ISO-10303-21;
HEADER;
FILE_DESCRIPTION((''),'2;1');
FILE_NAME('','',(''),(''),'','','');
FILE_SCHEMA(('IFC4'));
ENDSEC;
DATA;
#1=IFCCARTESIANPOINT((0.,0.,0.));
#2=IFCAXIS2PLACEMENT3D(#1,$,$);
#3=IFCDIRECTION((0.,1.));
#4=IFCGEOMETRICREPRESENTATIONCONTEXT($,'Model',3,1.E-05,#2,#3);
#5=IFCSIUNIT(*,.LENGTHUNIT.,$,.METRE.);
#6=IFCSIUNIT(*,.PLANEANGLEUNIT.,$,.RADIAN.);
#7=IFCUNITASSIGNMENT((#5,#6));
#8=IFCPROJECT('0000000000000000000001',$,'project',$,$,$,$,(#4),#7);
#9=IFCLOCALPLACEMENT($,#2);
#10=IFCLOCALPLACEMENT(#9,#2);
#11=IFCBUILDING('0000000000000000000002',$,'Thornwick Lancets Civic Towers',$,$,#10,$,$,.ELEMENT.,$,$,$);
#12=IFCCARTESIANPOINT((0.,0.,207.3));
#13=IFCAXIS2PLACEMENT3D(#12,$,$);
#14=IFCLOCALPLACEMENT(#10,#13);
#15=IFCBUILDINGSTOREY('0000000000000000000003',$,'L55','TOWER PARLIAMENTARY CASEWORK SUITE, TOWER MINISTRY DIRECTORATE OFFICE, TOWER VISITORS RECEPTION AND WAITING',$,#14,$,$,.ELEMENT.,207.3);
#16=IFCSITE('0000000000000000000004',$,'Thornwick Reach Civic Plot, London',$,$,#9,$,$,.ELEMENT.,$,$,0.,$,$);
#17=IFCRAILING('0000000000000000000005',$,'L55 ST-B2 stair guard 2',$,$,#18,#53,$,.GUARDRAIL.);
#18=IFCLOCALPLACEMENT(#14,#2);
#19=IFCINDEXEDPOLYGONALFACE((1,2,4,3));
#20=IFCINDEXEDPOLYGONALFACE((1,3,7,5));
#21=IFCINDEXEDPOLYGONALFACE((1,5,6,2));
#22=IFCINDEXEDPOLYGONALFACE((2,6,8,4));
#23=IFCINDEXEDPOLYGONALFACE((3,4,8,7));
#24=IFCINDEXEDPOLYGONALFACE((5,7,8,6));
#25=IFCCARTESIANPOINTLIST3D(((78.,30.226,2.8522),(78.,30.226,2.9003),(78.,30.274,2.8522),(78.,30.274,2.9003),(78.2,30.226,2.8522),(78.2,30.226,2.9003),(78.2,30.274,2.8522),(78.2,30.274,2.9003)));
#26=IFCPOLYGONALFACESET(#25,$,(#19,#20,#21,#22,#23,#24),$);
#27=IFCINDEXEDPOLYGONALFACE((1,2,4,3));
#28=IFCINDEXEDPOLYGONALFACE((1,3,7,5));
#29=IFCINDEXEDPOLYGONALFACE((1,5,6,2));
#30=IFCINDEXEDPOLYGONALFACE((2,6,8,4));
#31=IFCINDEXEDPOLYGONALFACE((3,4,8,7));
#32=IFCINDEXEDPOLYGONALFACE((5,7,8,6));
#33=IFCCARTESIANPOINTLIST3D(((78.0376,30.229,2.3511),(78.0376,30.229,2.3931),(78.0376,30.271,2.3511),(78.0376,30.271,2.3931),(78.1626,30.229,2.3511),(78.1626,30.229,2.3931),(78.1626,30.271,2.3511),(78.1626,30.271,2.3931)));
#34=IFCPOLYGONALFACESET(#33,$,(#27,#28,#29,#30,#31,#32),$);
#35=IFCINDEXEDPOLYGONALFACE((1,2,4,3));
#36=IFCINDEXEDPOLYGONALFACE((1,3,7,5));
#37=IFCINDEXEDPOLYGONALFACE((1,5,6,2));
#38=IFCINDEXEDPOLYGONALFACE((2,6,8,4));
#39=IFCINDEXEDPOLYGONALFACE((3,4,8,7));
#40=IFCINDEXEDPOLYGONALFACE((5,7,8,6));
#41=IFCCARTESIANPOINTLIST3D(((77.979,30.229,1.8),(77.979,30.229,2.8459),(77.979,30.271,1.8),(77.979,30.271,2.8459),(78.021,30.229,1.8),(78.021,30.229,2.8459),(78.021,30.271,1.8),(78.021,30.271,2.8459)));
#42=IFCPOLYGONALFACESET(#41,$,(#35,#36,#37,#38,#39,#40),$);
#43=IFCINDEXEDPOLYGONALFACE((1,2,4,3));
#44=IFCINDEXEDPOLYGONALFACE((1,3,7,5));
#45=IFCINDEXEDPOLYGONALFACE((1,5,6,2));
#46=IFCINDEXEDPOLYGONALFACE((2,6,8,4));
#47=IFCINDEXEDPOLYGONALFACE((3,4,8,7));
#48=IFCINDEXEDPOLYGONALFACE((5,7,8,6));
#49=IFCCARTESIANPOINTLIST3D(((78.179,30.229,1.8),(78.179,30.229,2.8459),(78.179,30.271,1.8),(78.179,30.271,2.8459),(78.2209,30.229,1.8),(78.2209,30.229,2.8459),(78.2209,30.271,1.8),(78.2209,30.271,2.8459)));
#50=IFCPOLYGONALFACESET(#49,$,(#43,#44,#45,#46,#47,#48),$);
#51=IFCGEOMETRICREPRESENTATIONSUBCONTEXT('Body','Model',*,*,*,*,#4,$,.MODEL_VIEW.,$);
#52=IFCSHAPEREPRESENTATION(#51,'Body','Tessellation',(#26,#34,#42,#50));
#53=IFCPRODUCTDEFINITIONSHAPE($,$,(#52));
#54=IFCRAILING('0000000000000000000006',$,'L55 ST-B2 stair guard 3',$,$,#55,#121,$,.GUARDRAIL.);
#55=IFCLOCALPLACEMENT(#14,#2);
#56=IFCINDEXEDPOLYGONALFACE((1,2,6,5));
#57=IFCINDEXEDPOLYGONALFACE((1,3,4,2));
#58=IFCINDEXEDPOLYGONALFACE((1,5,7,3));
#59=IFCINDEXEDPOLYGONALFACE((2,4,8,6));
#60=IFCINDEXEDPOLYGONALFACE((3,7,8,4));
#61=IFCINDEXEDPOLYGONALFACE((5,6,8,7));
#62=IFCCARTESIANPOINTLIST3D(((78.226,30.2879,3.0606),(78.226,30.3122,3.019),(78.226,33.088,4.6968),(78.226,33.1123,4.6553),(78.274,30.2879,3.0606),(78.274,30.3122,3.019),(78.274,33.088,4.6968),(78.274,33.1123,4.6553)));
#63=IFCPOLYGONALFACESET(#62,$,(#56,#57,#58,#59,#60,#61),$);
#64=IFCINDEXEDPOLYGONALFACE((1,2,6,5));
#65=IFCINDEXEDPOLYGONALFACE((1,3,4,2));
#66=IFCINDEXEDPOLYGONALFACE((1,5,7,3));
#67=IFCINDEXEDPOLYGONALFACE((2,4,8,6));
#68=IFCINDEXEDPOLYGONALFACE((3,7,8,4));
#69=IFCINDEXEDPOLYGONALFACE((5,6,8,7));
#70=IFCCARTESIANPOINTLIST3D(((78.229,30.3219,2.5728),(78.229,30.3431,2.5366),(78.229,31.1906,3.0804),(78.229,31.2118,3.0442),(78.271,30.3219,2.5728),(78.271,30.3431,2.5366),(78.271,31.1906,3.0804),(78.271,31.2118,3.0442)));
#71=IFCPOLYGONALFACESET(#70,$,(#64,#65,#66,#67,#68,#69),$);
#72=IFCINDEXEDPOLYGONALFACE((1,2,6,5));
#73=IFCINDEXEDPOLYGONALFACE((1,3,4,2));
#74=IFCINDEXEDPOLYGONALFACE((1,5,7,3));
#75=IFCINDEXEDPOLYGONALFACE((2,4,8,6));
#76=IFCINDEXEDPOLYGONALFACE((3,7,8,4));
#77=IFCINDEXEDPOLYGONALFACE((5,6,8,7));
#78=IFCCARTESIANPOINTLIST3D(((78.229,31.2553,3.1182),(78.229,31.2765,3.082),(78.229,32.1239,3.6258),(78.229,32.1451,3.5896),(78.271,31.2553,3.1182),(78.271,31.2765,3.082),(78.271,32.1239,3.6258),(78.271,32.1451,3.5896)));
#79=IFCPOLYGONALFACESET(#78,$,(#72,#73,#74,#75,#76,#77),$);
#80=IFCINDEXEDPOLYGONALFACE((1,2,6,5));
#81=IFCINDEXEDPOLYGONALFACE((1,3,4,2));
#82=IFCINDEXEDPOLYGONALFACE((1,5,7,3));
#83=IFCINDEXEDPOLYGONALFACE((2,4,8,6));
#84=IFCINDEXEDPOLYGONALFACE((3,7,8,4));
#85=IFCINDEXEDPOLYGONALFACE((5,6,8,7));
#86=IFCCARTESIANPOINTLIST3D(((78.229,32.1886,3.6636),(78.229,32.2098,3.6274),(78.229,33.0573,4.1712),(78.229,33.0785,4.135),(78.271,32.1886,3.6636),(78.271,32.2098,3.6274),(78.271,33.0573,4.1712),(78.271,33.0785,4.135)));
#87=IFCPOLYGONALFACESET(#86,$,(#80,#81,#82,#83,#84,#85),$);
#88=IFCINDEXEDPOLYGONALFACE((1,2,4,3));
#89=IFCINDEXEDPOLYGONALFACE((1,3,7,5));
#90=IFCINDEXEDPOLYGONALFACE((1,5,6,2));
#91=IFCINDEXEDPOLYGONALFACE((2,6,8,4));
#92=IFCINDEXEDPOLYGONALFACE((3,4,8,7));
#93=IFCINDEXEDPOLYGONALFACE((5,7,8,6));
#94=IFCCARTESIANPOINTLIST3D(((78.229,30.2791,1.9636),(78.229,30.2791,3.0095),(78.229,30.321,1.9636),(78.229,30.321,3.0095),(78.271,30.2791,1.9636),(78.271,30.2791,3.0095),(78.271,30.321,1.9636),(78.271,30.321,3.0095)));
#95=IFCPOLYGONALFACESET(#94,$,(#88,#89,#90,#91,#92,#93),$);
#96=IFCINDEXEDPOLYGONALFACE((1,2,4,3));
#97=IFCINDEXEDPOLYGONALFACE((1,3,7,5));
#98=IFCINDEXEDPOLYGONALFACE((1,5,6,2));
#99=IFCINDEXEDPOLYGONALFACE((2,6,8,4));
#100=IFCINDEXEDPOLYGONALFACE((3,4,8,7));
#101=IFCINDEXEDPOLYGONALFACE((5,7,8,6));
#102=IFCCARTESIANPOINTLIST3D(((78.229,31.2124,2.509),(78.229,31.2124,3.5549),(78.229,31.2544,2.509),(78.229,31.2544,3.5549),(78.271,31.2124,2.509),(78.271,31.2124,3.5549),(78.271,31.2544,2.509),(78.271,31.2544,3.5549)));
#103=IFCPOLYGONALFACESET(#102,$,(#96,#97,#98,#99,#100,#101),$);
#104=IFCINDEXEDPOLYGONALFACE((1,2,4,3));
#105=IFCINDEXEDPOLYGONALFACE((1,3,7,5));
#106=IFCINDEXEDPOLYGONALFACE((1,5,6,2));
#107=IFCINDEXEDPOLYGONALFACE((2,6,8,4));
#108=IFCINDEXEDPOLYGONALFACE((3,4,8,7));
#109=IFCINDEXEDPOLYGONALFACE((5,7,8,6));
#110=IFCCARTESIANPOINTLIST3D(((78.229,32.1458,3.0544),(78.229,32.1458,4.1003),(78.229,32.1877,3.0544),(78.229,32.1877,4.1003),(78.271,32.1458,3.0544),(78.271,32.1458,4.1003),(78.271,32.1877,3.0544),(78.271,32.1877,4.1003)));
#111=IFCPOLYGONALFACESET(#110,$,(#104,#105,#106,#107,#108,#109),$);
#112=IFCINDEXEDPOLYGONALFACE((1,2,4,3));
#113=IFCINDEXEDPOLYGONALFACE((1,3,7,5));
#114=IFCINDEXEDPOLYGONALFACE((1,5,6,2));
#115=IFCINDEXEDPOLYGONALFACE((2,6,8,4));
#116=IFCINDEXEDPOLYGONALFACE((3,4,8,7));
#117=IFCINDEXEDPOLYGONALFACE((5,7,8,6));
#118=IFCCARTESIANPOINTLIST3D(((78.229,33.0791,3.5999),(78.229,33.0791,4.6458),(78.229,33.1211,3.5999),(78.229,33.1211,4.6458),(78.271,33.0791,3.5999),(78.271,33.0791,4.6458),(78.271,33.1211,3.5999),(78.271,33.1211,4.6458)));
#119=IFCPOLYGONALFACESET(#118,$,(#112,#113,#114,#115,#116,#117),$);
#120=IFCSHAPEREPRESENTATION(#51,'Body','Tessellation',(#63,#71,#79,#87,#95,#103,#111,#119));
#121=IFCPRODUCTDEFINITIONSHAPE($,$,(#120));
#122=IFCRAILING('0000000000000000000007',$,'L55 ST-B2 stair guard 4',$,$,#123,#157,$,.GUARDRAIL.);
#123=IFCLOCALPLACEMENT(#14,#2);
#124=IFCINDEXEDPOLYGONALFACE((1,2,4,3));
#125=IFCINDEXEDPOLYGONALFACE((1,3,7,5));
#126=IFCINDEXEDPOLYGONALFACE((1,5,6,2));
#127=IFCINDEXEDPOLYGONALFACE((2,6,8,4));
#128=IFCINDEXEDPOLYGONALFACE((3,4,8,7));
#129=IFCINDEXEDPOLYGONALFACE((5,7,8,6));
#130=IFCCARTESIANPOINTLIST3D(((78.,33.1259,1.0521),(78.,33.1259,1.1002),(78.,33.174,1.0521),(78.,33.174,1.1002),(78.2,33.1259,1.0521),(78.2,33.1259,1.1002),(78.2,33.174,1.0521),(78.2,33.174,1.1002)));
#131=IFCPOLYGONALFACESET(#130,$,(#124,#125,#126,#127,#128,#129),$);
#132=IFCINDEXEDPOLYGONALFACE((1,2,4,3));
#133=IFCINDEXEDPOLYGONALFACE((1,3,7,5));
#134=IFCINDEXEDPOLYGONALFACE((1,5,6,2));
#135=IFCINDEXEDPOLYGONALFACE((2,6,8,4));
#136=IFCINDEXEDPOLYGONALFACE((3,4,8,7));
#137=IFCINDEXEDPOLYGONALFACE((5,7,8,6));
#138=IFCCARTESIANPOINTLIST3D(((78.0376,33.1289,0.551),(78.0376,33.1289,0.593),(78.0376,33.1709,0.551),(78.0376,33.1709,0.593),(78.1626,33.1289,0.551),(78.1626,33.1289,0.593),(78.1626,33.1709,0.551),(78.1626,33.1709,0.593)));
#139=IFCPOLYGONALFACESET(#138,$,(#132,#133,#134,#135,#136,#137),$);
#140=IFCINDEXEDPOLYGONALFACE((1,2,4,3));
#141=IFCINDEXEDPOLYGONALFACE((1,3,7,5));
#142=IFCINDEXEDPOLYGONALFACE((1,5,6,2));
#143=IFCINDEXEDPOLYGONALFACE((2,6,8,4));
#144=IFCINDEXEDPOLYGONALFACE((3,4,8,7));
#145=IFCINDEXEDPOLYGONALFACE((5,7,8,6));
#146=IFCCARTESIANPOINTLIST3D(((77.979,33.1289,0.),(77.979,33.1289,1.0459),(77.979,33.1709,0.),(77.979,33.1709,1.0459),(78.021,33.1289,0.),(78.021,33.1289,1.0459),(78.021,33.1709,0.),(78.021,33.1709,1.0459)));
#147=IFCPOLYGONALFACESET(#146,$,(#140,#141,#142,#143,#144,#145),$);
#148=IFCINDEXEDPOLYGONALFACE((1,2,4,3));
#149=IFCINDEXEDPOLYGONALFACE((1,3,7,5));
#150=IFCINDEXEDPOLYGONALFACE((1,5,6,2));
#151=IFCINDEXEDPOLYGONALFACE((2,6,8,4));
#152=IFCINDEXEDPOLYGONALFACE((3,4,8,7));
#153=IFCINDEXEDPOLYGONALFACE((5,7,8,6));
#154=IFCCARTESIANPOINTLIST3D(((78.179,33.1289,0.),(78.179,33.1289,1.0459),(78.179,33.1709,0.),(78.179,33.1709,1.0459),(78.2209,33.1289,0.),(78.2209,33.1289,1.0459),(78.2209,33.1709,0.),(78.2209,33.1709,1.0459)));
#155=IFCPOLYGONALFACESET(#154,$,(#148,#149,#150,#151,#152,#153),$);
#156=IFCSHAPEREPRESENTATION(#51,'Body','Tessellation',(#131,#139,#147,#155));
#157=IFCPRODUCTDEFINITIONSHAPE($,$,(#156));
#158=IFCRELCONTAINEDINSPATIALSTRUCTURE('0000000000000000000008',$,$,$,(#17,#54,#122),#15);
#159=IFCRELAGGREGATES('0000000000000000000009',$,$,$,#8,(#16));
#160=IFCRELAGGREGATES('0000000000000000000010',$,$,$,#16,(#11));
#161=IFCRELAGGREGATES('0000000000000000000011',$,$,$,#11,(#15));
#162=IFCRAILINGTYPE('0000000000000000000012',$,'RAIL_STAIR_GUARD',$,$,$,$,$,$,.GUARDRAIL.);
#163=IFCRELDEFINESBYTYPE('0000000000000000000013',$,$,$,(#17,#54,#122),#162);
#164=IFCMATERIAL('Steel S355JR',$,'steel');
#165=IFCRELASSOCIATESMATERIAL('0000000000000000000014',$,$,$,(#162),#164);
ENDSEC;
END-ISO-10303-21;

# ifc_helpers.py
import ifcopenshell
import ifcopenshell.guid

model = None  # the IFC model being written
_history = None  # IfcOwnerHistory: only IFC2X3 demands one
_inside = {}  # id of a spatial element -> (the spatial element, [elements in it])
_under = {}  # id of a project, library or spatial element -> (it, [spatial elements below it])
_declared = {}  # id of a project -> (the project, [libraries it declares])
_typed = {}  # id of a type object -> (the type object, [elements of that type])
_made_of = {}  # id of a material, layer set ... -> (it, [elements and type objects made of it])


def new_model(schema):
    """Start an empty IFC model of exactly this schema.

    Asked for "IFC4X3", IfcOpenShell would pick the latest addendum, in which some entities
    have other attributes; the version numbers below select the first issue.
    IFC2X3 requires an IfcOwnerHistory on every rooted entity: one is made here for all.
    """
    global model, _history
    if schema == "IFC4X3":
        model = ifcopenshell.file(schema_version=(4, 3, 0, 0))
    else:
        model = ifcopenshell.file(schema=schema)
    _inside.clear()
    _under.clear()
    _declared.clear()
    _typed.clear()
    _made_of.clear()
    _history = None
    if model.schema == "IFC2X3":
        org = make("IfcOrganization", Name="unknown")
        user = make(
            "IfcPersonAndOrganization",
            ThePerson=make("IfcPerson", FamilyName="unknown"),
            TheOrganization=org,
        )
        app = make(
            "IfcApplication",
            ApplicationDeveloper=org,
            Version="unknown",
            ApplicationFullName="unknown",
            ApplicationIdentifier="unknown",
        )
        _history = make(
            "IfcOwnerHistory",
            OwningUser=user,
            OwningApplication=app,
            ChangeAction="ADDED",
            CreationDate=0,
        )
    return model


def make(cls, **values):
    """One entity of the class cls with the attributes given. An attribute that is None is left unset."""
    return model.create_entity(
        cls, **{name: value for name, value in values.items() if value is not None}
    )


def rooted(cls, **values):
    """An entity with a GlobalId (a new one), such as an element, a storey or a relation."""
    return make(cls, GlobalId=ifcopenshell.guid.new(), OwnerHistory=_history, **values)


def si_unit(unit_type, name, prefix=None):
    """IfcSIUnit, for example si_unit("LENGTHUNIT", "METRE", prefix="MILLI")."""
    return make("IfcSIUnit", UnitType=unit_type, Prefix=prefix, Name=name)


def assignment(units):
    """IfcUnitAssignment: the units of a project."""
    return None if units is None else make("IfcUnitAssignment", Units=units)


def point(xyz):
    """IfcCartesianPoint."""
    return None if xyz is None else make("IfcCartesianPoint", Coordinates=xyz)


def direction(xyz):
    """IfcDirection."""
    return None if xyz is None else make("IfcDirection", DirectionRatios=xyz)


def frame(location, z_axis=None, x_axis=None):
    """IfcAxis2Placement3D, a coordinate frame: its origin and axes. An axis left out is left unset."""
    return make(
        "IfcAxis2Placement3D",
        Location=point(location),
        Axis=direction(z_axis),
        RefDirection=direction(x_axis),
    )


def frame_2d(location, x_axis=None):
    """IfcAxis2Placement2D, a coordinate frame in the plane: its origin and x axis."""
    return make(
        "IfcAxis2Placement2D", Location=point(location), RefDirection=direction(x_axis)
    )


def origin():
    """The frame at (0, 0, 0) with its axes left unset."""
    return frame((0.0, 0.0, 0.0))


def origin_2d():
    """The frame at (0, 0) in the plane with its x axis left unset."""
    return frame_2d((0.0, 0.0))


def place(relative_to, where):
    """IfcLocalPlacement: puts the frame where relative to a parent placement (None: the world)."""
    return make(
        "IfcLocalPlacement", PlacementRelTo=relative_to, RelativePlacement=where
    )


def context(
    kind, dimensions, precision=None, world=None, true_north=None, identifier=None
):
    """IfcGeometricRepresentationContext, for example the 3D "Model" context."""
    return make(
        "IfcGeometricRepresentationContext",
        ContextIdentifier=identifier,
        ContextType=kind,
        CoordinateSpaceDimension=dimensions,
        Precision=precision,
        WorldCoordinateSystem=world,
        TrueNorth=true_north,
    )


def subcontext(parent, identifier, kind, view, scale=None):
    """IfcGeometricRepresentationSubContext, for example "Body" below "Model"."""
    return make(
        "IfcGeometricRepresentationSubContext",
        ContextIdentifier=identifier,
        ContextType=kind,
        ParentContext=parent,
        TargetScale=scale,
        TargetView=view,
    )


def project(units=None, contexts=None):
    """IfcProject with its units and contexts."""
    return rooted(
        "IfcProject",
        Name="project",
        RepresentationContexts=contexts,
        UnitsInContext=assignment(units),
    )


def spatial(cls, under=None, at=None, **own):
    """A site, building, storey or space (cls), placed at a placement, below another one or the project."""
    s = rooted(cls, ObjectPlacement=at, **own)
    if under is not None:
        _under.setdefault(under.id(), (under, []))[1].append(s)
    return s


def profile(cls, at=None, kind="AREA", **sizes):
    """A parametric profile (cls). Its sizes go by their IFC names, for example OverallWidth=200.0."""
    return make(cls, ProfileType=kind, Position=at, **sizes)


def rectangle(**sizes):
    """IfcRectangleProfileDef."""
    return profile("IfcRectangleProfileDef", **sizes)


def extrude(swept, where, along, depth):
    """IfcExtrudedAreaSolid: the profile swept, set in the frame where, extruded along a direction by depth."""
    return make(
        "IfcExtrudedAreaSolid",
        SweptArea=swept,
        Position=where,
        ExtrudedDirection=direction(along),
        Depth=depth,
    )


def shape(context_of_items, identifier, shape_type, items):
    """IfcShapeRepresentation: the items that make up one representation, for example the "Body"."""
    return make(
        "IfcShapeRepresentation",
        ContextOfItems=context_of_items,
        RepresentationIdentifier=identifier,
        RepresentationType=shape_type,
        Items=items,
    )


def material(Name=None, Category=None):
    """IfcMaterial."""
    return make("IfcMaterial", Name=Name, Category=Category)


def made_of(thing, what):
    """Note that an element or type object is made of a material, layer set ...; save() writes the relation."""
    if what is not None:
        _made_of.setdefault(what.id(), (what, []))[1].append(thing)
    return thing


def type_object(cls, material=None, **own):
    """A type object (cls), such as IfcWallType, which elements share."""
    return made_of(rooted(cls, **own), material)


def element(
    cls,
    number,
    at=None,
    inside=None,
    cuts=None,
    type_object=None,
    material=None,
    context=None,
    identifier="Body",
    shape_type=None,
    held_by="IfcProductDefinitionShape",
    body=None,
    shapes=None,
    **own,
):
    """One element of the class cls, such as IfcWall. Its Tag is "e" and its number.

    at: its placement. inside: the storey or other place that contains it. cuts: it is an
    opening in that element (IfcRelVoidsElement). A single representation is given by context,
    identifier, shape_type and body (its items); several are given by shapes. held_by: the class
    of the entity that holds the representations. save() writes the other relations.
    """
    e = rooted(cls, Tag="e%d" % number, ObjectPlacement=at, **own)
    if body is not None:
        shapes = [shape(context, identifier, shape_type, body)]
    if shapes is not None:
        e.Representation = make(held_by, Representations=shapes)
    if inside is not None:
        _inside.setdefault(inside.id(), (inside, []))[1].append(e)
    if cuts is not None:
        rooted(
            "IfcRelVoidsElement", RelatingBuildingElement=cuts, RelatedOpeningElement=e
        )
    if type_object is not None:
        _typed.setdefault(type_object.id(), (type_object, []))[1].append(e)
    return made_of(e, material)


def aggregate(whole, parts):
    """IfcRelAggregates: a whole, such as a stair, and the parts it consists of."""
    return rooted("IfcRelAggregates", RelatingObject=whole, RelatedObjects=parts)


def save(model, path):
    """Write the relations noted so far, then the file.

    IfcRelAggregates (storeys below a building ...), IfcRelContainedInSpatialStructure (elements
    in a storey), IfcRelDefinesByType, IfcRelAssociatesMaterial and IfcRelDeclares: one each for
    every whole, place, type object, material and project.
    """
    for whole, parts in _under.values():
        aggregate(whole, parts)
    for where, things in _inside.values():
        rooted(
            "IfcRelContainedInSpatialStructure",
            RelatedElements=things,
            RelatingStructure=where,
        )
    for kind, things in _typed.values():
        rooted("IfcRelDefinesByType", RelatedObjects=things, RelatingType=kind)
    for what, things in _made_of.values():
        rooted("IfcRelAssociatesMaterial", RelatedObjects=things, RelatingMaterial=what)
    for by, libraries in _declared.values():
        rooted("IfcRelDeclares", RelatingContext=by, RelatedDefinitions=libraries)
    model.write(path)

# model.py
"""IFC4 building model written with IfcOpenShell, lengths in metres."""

from ifc_helpers import new_model, si_unit, direction, frame, origin, origin_2d, place, context, subcontext, project, spatial, rectangle, extrude, material, type_object, element, save


model = new_model("IFC4")

# Units and contexts
model_context = context("Model", 3, precision=1e-05, world=origin(), true_north=direction((0.0, 1.0)))
body_context = subcontext(model_context, "Body", "Model", "MODEL_VIEW")
ifc_project = project(units=[si_unit("LENGTHUNIT", "METRE"), si_unit("PLANEANGLEUNIT", "RADIAN")], contexts=[model_context])

# Site, building, storey
site_placement = place(None, origin())
site = spatial("IfcSite", under=ifc_project, at=site_placement, Name="Thornwick Reach Civic Plot, London", CompositionType="ELEMENT", RefElevation=0.0)
building_placement = place(site_placement, origin())
building = spatial("IfcBuilding", under=site, at=building_placement, Name="Thornwick Lancets Civic Towers", CompositionType="ELEMENT")
storey_placement = place(building_placement, frame((0.0, 0.0, 207.3)))
storey = spatial("IfcBuildingStorey", under=building, at=storey_placement, Name="L55", Description="TOWER PARLIAMENTARY CASEWORK SUITE, TOWER MINISTRY DIRECTORATE OFFICE, TOWER VISITORS RECEPTION AND WAITING", CompositionType="ELEMENT", Elevation=207.3)

# Shared definitions
ifc_material_1 = material(Name="Steel S355JR", Category="steel")

# Railings
railing_type_1 = type_object("IfcRailingType", Name="RAIL_STAIR_GUARD", PredefinedType="GUARDRAIL", material=ifc_material_1)
railing_1_placement = place(storey_placement, frame((78.0, 30.25, 1.8)))
element("IfcRailing", 1, at=railing_1_placement, inside=storey, type_object=railing_type_1, Name="L55 ST-B2 stair guard 2", PredefinedType="GUARDRAIL", context=body_context, shape_type="SweptSolid", body=[
    extrude(rectangle(XDim=0.0481, YDim=0.0481, at=origin_2d()), frame((0.0, 0.0, 1.0762), z_axis=(1.0, 0.0, 0.0), x_axis=(0.0, 1.0, 0.0)), (0.0, 0.0, 1.0), 0.2),
    extrude(rectangle(XDim=0.042, YDim=0.042, at=origin_2d()), frame((0.0376, 0.0, 0.572), z_axis=(1.0, 0.0, 0.0), x_axis=(0.0, 1.0, 0.0)), (0.0, 0.0, 1.0), 0.125),
    extrude(rectangle(XDim=0.042, YDim=0.042, at=origin_2d()), origin(), (0.0, 0.0, 1.0), 1.0459),
    extrude(rectangle(XDim=0.042, YDim=0.042, at=origin_2d()), frame((0.2, 0.0, 0.0)), (0.0, 0.0, 1.0), 1.0459),
])
railing_2_placement = place(storey_placement, frame((78.25, 30.3, 1.9636)))
element("IfcRailing", 2, at=railing_2_placement, inside=storey, type_object=railing_type_1, Name="L55 ST-B2 stair guard 3", PredefinedType="GUARDRAIL", context=body_context, shape_type="SweptSolid", body=[
    extrude(rectangle(XDim=0.0481, YDim=0.0481, at=origin_2d()), frame((0.0, 0.0, 1.0762), z_axis=(0.0, 0.863394, 0.504531), x_axis=(-1.0, 0.0, 0.0)), (0.0, 0.0, 1.0), 3.2432),
    extrude(rectangle(XDim=0.042, YDim=0.042, at=origin_2d()), frame((0.0, 0.0325, 0.5911), z_axis=(0.0, 0.863394, 0.504531), x_axis=(-1.0, 0.0, 0.0)), (0.0, 0.0, 1.0), 1.0061),
    extrude(rectangle(XDim=0.042, YDim=0.042, at=origin_2d()), frame((0.0, 0.9658, 1.1365), z_axis=(0.0, 0.863394, 0.504531), x_axis=(-1.0, 0.0, 0.0)), (0.0, 0.0, 1.0), 1.0061),
    extrude(rectangle(XDim=0.042, YDim=0.042, at=origin_2d()), frame((0.0, 1.8992, 1.6819), z_axis=(0.0, 0.863394, 0.504531), x_axis=(-1.0, 0.0, 0.0)), (0.0, 0.0, 1.0), 1.0061),
    extrude(rectangle(XDim=0.042, YDim=0.042, at=origin_2d()), origin(), (0.0, 0.0, 1.0), 1.0459),
    extrude(rectangle(XDim=0.042, YDim=0.042, at=origin_2d()), frame((0.0, 0.9333, 0.5454)), (0.0, 0.0, 1.0), 1.0459),
    extrude(rectangle(XDim=0.042, YDim=0.042, at=origin_2d()), frame((0.0, 1.8667, 1.0908)), (0.0, 0.0, 1.0), 1.0459),
    extrude(rectangle(XDim=0.042, YDim=0.042, at=origin_2d()), frame((0.0, 2.8, 1.6362)), (0.0, 0.0, 1.0), 1.0459),
])
railing_3_placement = place(storey_placement, frame((78.0, 33.1499, 0.0)))
element("IfcRailing", 3, at=railing_3_placement, inside=storey, type_object=railing_type_1, Name="L55 ST-B2 stair guard 4", PredefinedType="GUARDRAIL", context=body_context, shape_type="SweptSolid", body=[
    extrude(rectangle(XDim=0.0481, YDim=0.0481, at=origin_2d()), frame((0.0, 0.0, 1.0762), z_axis=(1.0, 0.0, 0.0), x_axis=(0.0, 1.0, 0.0)), (0.0, 0.0, 1.0), 0.2),
    extrude(rectangle(XDim=0.042, YDim=0.042, at=origin_2d()), frame((0.0376, 0.0, 0.572), z_axis=(1.0, 0.0, 0.0), x_axis=(0.0, 1.0, 0.0)), (0.0, 0.0, 1.0), 0.125),
    extrude(rectangle(XDim=0.042, YDim=0.042, at=origin_2d()), origin(), (0.0, 0.0, 1.0), 1.0459),
    extrude(rectangle(XDim=0.042, YDim=0.042, at=origin_2d()), frame((0.2, 0.0, 0.0)), (0.0, 0.0, 1.0), 1.0459),
])

save(model, "model.ifc")
